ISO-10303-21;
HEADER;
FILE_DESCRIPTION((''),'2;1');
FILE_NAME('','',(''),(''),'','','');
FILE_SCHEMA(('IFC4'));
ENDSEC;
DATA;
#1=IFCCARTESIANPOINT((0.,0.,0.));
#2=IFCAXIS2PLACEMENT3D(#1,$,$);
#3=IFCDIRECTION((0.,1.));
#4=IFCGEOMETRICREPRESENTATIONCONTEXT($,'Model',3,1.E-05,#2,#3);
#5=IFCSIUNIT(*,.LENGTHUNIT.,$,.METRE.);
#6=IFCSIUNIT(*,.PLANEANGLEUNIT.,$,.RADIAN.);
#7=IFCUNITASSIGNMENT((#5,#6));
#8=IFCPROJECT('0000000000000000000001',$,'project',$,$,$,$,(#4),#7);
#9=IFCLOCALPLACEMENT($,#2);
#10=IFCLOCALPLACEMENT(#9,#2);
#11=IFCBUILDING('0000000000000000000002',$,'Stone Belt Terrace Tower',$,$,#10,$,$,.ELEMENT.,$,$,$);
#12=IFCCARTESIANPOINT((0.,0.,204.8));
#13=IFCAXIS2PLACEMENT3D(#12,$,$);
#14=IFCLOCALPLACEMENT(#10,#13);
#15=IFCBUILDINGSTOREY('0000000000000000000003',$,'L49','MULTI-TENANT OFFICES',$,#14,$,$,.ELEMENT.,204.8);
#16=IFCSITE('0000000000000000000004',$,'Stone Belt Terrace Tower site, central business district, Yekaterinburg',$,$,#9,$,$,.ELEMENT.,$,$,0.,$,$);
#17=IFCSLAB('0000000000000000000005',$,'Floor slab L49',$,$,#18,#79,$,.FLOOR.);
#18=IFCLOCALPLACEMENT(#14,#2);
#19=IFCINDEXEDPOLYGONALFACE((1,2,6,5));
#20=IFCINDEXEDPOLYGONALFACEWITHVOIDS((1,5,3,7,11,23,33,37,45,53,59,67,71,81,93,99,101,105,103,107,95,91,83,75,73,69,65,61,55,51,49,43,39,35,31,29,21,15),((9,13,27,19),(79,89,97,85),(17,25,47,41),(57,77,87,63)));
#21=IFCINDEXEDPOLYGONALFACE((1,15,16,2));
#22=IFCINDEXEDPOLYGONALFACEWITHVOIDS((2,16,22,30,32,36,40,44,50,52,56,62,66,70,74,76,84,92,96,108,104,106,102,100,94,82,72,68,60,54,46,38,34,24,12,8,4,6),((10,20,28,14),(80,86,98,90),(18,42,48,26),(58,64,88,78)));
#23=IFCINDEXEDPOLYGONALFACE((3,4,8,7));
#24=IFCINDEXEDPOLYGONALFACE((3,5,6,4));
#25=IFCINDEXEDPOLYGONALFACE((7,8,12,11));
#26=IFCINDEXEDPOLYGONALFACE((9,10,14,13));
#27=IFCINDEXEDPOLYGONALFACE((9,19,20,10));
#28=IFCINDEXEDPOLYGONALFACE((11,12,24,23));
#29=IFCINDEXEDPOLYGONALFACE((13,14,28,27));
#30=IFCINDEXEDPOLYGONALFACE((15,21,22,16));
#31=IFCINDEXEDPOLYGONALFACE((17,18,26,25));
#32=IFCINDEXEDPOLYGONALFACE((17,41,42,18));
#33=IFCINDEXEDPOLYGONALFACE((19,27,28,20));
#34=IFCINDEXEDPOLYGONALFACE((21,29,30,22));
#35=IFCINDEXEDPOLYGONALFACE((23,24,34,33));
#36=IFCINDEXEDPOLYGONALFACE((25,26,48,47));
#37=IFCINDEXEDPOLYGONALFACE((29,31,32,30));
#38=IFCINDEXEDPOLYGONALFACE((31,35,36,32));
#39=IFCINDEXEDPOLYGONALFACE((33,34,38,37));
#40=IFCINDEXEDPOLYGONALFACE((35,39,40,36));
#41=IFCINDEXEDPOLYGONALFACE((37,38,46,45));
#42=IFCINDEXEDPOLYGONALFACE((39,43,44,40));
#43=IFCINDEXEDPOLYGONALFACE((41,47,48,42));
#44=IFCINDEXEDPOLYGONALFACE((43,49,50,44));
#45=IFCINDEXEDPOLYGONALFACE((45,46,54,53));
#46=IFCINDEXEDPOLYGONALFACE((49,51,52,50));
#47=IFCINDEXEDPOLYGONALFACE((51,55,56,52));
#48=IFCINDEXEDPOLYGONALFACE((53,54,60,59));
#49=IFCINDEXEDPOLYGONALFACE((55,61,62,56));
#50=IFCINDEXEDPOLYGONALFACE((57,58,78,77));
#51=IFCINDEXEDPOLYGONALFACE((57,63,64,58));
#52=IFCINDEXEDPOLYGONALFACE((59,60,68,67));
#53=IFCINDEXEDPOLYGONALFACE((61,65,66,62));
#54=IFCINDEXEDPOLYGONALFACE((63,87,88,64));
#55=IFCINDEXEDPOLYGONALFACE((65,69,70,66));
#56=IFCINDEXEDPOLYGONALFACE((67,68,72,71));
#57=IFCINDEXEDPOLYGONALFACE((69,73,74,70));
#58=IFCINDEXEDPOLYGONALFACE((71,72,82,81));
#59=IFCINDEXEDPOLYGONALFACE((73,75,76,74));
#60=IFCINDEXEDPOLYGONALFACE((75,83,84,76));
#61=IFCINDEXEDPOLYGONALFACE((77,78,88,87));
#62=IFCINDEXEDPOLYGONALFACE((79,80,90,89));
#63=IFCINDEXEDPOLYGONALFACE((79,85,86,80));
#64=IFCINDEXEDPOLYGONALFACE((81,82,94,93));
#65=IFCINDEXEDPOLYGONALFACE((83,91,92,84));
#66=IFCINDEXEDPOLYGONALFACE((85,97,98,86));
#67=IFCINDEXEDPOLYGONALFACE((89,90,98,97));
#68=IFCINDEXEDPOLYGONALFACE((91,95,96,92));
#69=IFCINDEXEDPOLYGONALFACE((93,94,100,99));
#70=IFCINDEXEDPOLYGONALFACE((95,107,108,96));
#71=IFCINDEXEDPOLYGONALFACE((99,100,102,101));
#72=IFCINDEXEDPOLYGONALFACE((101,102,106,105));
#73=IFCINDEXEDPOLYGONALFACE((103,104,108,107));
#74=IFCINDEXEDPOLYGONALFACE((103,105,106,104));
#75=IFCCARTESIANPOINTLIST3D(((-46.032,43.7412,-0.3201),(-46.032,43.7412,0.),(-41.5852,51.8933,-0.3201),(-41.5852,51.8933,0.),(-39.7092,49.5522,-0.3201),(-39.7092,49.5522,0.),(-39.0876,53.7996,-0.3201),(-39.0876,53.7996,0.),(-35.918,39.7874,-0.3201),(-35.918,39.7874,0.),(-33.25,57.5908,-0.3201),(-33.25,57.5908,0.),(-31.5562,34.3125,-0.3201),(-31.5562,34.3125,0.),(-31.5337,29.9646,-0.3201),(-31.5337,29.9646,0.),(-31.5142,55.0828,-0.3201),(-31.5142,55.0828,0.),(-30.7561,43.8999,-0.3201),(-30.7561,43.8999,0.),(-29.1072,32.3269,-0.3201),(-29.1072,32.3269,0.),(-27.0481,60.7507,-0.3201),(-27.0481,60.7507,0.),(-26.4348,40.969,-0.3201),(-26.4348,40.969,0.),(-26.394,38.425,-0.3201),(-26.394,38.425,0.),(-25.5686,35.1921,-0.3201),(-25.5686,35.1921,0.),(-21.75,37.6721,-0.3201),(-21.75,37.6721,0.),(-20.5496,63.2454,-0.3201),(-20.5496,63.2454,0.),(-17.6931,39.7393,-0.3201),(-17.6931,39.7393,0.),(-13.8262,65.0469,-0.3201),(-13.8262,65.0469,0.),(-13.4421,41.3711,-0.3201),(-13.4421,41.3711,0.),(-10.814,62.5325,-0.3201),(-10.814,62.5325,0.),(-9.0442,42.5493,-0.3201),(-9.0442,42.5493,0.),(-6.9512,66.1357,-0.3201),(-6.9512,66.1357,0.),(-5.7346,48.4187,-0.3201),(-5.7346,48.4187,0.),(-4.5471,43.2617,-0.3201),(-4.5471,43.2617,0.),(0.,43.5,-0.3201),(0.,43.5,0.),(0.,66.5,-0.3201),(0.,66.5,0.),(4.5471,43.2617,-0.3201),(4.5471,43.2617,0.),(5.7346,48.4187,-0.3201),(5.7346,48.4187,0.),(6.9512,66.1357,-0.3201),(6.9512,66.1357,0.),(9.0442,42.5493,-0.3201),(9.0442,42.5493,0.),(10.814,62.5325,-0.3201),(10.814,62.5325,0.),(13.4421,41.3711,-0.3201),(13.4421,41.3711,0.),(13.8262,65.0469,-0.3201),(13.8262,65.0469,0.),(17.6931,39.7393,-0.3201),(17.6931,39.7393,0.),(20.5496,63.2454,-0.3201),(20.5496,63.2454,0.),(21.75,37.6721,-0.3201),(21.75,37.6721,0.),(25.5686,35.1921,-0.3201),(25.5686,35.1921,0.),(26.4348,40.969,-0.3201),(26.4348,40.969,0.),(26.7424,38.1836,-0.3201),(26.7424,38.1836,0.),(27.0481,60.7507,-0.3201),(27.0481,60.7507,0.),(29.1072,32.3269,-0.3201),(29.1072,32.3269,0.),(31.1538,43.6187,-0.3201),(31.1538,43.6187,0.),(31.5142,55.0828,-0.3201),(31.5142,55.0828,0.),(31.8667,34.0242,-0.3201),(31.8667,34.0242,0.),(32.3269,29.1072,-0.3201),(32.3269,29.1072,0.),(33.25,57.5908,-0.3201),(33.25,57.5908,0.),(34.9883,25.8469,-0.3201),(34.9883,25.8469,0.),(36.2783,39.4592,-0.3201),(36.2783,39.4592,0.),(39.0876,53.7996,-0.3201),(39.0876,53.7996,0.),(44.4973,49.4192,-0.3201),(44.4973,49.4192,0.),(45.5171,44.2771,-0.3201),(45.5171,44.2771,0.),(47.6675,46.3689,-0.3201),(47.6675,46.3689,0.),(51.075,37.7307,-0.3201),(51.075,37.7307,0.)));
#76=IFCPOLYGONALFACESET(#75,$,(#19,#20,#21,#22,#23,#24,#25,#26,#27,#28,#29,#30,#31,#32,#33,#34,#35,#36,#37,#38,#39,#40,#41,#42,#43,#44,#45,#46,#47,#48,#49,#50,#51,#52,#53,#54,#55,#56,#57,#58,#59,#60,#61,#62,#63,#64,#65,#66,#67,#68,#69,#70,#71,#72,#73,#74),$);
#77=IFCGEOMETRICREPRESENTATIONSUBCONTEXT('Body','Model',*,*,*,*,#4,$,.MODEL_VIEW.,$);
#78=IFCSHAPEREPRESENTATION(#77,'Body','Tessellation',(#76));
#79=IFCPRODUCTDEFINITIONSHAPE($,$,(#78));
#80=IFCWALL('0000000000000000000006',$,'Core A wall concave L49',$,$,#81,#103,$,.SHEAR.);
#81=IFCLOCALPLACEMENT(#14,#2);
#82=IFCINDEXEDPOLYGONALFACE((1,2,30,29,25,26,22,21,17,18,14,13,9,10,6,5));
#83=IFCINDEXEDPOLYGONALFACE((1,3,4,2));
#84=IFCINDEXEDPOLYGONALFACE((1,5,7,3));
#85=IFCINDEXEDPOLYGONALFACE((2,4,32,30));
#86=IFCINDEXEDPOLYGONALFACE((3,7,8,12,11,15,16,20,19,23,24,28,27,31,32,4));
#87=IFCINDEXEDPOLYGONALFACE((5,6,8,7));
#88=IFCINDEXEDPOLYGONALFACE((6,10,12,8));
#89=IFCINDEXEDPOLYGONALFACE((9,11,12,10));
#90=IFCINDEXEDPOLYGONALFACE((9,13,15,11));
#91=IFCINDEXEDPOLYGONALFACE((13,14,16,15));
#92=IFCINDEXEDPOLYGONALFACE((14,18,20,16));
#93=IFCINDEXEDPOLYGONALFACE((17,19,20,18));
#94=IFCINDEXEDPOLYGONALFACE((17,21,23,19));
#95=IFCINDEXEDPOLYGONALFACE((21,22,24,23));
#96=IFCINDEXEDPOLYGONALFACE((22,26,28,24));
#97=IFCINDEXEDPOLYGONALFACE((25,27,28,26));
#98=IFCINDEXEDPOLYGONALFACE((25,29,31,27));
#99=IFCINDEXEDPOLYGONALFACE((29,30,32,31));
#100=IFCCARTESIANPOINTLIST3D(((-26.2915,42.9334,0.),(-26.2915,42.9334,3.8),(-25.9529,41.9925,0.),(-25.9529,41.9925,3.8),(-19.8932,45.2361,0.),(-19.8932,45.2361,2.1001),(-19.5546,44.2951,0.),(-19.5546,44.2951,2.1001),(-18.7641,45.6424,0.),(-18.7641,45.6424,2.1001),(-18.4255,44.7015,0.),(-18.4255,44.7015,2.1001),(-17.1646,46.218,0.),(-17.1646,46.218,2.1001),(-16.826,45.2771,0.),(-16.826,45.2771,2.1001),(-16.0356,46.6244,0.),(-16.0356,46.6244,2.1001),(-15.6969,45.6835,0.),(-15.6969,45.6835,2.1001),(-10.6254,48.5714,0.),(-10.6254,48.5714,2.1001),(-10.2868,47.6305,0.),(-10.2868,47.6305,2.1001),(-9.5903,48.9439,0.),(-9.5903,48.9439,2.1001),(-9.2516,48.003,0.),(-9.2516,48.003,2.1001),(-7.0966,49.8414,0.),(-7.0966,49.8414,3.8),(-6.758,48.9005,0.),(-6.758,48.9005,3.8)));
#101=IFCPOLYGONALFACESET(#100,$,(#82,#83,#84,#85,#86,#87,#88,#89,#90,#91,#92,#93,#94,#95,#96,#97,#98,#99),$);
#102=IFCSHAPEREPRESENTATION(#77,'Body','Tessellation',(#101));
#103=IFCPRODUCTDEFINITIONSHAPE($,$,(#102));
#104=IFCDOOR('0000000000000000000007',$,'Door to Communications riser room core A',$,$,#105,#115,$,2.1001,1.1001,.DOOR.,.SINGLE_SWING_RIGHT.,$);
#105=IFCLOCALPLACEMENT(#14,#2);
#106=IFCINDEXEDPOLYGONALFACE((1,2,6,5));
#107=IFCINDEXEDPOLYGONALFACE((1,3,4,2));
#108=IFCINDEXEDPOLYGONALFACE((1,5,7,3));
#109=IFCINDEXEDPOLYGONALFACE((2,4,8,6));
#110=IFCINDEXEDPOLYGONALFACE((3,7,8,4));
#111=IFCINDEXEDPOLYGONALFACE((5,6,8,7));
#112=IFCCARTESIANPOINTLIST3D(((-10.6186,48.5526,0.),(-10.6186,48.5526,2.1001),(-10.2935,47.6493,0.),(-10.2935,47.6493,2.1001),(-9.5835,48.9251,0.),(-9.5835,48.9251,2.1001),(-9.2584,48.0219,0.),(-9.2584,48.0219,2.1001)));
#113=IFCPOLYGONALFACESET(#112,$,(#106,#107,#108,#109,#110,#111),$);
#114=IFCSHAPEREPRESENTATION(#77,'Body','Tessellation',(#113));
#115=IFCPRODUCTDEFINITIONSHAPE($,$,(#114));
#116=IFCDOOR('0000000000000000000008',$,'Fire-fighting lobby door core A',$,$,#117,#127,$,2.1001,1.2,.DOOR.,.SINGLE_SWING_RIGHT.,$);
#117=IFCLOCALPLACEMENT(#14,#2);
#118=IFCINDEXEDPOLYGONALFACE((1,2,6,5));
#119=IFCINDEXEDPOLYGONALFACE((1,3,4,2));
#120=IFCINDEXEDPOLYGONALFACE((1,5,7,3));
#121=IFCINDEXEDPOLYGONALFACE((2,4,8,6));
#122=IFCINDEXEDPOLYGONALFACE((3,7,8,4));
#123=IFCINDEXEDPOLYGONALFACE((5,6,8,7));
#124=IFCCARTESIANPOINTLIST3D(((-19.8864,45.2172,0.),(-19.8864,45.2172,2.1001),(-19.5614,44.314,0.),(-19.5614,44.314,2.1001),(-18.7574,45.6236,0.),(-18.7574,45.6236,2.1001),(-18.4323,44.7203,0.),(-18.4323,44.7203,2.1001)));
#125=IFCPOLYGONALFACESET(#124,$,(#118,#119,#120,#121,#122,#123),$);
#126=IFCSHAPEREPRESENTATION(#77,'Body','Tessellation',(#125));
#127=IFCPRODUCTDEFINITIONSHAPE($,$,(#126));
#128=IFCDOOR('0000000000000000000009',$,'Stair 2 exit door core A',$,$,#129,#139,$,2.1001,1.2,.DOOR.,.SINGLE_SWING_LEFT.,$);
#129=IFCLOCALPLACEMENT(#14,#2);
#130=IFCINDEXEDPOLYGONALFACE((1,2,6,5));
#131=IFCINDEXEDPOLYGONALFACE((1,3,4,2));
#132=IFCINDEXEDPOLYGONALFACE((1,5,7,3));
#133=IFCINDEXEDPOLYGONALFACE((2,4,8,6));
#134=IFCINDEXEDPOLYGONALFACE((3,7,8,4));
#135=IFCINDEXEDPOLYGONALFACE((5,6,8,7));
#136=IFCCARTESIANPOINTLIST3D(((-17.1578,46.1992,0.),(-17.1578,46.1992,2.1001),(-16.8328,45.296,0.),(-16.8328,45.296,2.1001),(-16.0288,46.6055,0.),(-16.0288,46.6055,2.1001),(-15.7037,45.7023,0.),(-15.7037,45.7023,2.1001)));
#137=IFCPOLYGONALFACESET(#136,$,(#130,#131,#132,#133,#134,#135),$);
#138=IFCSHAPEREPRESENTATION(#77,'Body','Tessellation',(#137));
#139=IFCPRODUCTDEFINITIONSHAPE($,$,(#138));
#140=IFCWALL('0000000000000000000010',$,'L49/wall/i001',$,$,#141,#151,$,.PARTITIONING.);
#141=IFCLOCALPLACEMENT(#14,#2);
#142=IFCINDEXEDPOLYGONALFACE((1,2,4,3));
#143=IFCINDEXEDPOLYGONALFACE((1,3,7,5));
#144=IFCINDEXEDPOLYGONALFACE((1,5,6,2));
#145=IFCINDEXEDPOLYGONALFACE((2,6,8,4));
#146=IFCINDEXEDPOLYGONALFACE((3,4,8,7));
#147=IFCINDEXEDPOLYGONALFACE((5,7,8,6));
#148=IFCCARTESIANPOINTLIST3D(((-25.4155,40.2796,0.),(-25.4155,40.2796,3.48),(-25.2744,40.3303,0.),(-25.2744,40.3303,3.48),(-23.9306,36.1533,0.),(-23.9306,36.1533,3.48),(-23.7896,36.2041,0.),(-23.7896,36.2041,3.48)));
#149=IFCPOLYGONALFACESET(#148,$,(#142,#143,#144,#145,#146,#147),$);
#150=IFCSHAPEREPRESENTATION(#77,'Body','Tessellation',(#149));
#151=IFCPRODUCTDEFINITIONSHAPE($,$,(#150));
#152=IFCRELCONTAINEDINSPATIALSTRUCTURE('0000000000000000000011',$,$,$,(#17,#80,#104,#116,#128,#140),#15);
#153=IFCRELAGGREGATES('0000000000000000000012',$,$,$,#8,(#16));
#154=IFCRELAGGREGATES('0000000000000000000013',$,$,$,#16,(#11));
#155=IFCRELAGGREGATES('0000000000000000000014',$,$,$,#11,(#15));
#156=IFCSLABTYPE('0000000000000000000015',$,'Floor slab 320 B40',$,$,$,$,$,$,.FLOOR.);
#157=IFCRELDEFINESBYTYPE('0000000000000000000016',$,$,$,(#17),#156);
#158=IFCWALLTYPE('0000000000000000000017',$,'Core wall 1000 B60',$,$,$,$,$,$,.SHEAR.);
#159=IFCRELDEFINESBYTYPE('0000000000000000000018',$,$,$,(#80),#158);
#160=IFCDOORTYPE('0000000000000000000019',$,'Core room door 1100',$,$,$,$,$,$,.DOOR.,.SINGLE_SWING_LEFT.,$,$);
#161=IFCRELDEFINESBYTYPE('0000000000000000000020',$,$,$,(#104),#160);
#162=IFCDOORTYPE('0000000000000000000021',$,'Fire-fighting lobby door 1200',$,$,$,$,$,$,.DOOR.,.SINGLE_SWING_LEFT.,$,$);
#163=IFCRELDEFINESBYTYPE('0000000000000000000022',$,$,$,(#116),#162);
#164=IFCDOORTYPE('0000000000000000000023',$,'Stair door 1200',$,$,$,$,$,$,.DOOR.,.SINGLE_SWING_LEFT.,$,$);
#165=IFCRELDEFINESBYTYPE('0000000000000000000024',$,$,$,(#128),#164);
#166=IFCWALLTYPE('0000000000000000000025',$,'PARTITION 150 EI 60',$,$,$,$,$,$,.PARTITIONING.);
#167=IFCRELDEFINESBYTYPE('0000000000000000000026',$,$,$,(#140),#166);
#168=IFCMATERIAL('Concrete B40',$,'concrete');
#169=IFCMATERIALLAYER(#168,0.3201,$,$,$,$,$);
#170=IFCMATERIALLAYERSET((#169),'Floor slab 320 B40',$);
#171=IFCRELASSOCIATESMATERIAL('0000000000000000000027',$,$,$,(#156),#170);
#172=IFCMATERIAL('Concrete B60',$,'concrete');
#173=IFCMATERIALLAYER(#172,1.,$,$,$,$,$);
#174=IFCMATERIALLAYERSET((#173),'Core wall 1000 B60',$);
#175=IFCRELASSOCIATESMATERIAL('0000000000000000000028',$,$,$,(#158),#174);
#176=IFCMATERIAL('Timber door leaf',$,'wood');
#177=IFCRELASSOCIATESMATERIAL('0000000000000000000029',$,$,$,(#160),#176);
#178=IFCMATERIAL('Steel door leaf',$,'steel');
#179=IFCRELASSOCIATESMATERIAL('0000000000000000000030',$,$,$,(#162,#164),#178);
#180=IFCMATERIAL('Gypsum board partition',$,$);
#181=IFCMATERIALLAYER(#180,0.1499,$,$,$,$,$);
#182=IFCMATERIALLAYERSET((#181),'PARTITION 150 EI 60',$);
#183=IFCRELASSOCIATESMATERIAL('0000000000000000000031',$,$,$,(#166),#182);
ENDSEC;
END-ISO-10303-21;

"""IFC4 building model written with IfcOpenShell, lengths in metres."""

from ifc_helpers import new_model, si_unit, direction, frame, frame_2d, origin, place, context, subcontext, project, spatial, polyline, rectangle, outline, extrude, material, layer, layer_set, type_object, element, fill, save


model = new_model("IFC4")

# Units and contexts
model_context = context("Model", 3, precision=1e-05, world=origin(), true_north=direction((0.0, 1.0)))
body_context = subcontext(model_context, "Body", "Model", "MODEL_VIEW")
ifc_project = project(units=[si_unit("LENGTHUNIT", "METRE"), si_unit("PLANEANGLEUNIT", "RADIAN")], contexts=[model_context])

# Site, building, storey
site_placement = place(None, origin())
site = spatial("IfcSite", under=ifc_project, at=site_placement, Name="Stone Belt Terrace Tower site, central business district, Yekaterinburg", CompositionType="ELEMENT", RefElevation=0.0)
building_placement = place(site_placement, origin())
building = spatial("IfcBuilding", under=site, at=building_placement, Name="Stone Belt Terrace Tower", CompositionType="ELEMENT")
storey_placement = place(building_placement, frame((0.0, 0.0, 204.8)))
storey = spatial("IfcBuildingStorey", under=building, at=storey_placement, Name="L49", Description="MULTI-TENANT OFFICES", CompositionType="ELEMENT", Elevation=204.8)

# Shared definitions
ifc_material_1 = material(Name="Concrete B60", Category="concrete")

# Slab
ifc_material_2 = material(Name="Concrete B40", Category="concrete")
ifc_layer_1 = layer(ifc_material_2, 0.3201)
ifc_layer_set_1 = layer_set([ifc_layer_1], Name="Floor slab 320 B40")
slab_type = type_object("IfcSlabType", Name="Floor slab 320 B40", PredefinedType="FLOOR", material=ifc_layer_set_1)
slab_placement = place(storey_placement, frame((0.0, 0.0, -0.3201)))
element("IfcSlab", 1, at=slab_placement, inside=storey, type_object=slab_type, Name="Floor slab L49", PredefinedType="FLOOR", context=body_context, shape_type="SweptSolid", body=[
    extrude(outline(polyline([(-39.0876, 53.7996), (-33.25, 57.5908), (-27.0481, 60.7507), (-20.5496, 63.2454), (-13.8262, 65.0469), (-6.9512, 66.1357), (0.0, 66.5), (6.9512, 66.1357), (13.8262, 65.0469), (20.5496, 63.2454), (27.0481, 60.7507), (33.25, 57.5908), (39.0876, 53.7996), (44.4973, 49.4192), (47.6675, 46.3689), (45.5171, 44.2771), (51.075, 37.7307), (34.9883, 25.8469), (32.3269, 29.1072), (29.1072, 32.3269), (25.5686, 35.1921), (21.75, 37.6721), (17.6931, 39.7393), (13.4421, 41.3711), (9.0442, 42.5493), (4.5471, 43.2617), (0.0, 43.5), (-4.5471, 43.2617), (-9.0442, 42.5493), (-13.4421, 41.3711), (-17.6931, 39.7393), (-21.75, 37.6721), (-25.5686, 35.1921), (-29.1072, 32.3269), (-31.5337, 29.9646), (-46.032, 43.7412), (-39.7092, 49.5522), (-41.5852, 51.8933), (-39.0876, 53.7996)]), holes=[polyline([(-26.4348, 40.969), (-5.7346, 48.4187), (-10.814, 62.5325), (-31.5142, 55.0828), (-26.4348, 40.969)]), polyline([(10.814, 62.5325), (5.7346, 48.4187), (26.4348, 40.969), (31.5142, 55.0828), (10.814, 62.5325)]), polyline([(-35.918, 39.7874), (-31.5562, 34.3125), (-26.394, 38.425), (-30.7561, 43.8999), (-35.918, 39.7874)]), polyline([(36.2783, 39.4592), (31.1538, 43.6187), (26.7424, 38.1836), (31.8667, 34.0242), (36.2783, 39.4592)])]), origin(), (0.0, 0.0, 1.0), 0.3201),
])

# Wall, openings, doors
ifc_layer_2 = layer(ifc_material_1, 1.0)
ifc_layer_set_2 = layer_set([ifc_layer_2], Name="Core wall 1000 B60")
wall_type_1 = type_object("IfcWallType", Name="Core wall 1000 B60", PredefinedType="SHEAR", material=ifc_layer_set_2)
wall_1_placement = place(storey_placement, frame((-26.1223, 42.4629, 0.0), z_axis=(0.0, 0.0, 1.0), x_axis=(0.940921, 0.338625, 0.0)))
wall_1 = element("IfcWall", 2, at=wall_1_placement, inside=storey, type_object=wall_type_1, Name="Core A wall concave L49", PredefinedType="SHEAR", context=body_context, shape_type="SweptSolid", body=[
    extrude(rectangle(XDim=20.4001, YDim=1.0, at=frame_2d((10.2002, 0.0))), origin(), (0.0, 0.0, 1.0), 3.8),
])
opening_1_placement = place(wall_1_placement, frame((6.8, 0.0, 0.0)))
opening_1 = element("IfcOpeningElement", 3, at=opening_1_placement, cuts=wall_1, PredefinedType="OPENING", context=body_context, shape_type="SweptSolid", body=[
    extrude(rectangle(XDim=1.2, YDim=2.1001, at=frame_2d((0.6001, 1.05))), frame((0.0, 0.51, 0.0), z_axis=(0.0, -1.0, 0.0), x_axis=(1.0, 0.0, 0.0)), (0.0, 0.0, 1.0), 1.02),
])
opening_2_placement = place(wall_1_placement, frame((9.7, 0.0, 0.0)))
opening_2 = element("IfcOpeningElement", 4, at=opening_2_placement, cuts=wall_1, PredefinedType="OPENING", context=body_context, shape_type="SweptSolid", body=[
    extrude(rectangle(XDim=1.2, YDim=2.1001, at=frame_2d((0.6001, 1.05))), frame((0.0, 0.51, 0.0), z_axis=(0.0, -1.0, 0.0), x_axis=(1.0, 0.0, 0.0)), (0.0, 0.0, 1.0), 1.02),
])
opening_3_placement = place(wall_1_placement, frame((16.6499, 0.0, 0.0)))
opening_3 = element("IfcOpeningElement", 5, at=opening_3_placement, cuts=wall_1, PredefinedType="OPENING", context=body_context, shape_type="SweptSolid", body=[
    extrude(rectangle(XDim=1.1001, YDim=2.1001, at=frame_2d((0.55, 1.05))), frame((0.0, 0.51, 0.0), z_axis=(0.0, -1.0, 0.0), x_axis=(1.0, 0.0, 0.0)), (0.0, 0.0, 1.0), 1.02),
])
ifc_material_3 = material(Name="Timber door leaf", Category="wood")
door_type_1 = type_object("IfcDoorType", Name="Core room door 1100", OperationType="SINGLE_SWING_LEFT", PredefinedType="DOOR", material=ifc_material_3)
door_1_placement = place(opening_3_placement, origin())
door_1 = element("IfcDoor", 6, at=door_1_placement, inside=storey, type_object=door_type_1, Name="Door to Communications riser room core A", OperationType="SINGLE_SWING_RIGHT", OverallHeight=2.1001, OverallWidth=1.1001, PredefinedType="DOOR", context=body_context, shape_type="SweptSolid", body=[
    extrude(rectangle(XDim=1.1001, YDim=2.1001, at=frame_2d((0.55, 1.05))), frame((0.0, 0.48, 0.0), z_axis=(0.0, -1.0, 0.0), x_axis=(1.0, 0.0, 0.0)), (0.0, 0.0, 1.0), 0.96),
])
fill(opening_3, door_1)
ifc_material_4 = material(Name="Steel door leaf", Category="steel")
door_type_2 = type_object("IfcDoorType", Name="Fire-fighting lobby door 1200", OperationType="SINGLE_SWING_LEFT", PredefinedType="DOOR", material=ifc_material_4)
door_2_placement = place(opening_1_placement, origin())
door_2 = element("IfcDoor", 7, at=door_2_placement, inside=storey, type_object=door_type_2, Name="Fire-fighting lobby door core A", OperationType="SINGLE_SWING_RIGHT", OverallHeight=2.1001, OverallWidth=1.2, PredefinedType="DOOR", context=body_context, shape_type="SweptSolid", body=[
    extrude(rectangle(XDim=1.2, YDim=2.1001, at=frame_2d((0.6001, 1.05))), frame((0.0, 0.48, 0.0), z_axis=(0.0, -1.0, 0.0), x_axis=(1.0, 0.0, 0.0)), (0.0, 0.0, 1.0), 0.96),
])
fill(opening_1, door_2)
door_type_3 = type_object("IfcDoorType", Name="Stair door 1200", OperationType="SINGLE_SWING_LEFT", PredefinedType="DOOR", material=ifc_material_4)
door_3_placement = place(opening_2_placement, origin())
door_3 = element("IfcDoor", 8, at=door_3_placement, inside=storey, type_object=door_type_3, Name="Stair 2 exit door core A", OperationType="SINGLE_SWING_LEFT", OverallHeight=2.1001, OverallWidth=1.2, PredefinedType="DOOR", context=body_context, shape_type="SweptSolid", body=[
    extrude(rectangle(XDim=1.2, YDim=2.1001, at=frame_2d((0.6001, 1.05))), frame((0.0, 0.48, 0.0), z_axis=(0.0, -1.0, 0.0), x_axis=(1.0, 0.0, 0.0)), (0.0, 0.0, 1.0), 0.96),
])
fill(opening_2, door_3)

# Wall
ifc_material_5 = material(Name="Gypsum board partition")
ifc_layer_3 = layer(ifc_material_5, 0.1499)
ifc_layer_set_3 = layer_set([ifc_layer_3], Name="PARTITION 150 EI 60")
wall_type_2 = type_object("IfcWallType", Name="PARTITION 150 EI 60", PredefinedType="PARTITIONING", material=ifc_layer_set_3)
wall_2_placement = place(storey_placement, frame((-25.345, 40.3049, 0.0), z_axis=(0.0, 0.0, 1.0), x_axis=(0.338603, -0.940929, 0.0)))
element("IfcWall", 9, at=wall_2_placement, inside=storey, type_object=wall_type_2, Name="L49/wall/i001", PredefinedType="PARTITIONING", context=body_context, shape_type="SweptSolid", body=[
    extrude(rectangle(XDim=4.3853, YDim=0.1499, at=frame_2d((2.1926, 0.0))), origin(), (0.0, 0.0, 1.0), 3.48),
])

save(model, "model.ifc")
